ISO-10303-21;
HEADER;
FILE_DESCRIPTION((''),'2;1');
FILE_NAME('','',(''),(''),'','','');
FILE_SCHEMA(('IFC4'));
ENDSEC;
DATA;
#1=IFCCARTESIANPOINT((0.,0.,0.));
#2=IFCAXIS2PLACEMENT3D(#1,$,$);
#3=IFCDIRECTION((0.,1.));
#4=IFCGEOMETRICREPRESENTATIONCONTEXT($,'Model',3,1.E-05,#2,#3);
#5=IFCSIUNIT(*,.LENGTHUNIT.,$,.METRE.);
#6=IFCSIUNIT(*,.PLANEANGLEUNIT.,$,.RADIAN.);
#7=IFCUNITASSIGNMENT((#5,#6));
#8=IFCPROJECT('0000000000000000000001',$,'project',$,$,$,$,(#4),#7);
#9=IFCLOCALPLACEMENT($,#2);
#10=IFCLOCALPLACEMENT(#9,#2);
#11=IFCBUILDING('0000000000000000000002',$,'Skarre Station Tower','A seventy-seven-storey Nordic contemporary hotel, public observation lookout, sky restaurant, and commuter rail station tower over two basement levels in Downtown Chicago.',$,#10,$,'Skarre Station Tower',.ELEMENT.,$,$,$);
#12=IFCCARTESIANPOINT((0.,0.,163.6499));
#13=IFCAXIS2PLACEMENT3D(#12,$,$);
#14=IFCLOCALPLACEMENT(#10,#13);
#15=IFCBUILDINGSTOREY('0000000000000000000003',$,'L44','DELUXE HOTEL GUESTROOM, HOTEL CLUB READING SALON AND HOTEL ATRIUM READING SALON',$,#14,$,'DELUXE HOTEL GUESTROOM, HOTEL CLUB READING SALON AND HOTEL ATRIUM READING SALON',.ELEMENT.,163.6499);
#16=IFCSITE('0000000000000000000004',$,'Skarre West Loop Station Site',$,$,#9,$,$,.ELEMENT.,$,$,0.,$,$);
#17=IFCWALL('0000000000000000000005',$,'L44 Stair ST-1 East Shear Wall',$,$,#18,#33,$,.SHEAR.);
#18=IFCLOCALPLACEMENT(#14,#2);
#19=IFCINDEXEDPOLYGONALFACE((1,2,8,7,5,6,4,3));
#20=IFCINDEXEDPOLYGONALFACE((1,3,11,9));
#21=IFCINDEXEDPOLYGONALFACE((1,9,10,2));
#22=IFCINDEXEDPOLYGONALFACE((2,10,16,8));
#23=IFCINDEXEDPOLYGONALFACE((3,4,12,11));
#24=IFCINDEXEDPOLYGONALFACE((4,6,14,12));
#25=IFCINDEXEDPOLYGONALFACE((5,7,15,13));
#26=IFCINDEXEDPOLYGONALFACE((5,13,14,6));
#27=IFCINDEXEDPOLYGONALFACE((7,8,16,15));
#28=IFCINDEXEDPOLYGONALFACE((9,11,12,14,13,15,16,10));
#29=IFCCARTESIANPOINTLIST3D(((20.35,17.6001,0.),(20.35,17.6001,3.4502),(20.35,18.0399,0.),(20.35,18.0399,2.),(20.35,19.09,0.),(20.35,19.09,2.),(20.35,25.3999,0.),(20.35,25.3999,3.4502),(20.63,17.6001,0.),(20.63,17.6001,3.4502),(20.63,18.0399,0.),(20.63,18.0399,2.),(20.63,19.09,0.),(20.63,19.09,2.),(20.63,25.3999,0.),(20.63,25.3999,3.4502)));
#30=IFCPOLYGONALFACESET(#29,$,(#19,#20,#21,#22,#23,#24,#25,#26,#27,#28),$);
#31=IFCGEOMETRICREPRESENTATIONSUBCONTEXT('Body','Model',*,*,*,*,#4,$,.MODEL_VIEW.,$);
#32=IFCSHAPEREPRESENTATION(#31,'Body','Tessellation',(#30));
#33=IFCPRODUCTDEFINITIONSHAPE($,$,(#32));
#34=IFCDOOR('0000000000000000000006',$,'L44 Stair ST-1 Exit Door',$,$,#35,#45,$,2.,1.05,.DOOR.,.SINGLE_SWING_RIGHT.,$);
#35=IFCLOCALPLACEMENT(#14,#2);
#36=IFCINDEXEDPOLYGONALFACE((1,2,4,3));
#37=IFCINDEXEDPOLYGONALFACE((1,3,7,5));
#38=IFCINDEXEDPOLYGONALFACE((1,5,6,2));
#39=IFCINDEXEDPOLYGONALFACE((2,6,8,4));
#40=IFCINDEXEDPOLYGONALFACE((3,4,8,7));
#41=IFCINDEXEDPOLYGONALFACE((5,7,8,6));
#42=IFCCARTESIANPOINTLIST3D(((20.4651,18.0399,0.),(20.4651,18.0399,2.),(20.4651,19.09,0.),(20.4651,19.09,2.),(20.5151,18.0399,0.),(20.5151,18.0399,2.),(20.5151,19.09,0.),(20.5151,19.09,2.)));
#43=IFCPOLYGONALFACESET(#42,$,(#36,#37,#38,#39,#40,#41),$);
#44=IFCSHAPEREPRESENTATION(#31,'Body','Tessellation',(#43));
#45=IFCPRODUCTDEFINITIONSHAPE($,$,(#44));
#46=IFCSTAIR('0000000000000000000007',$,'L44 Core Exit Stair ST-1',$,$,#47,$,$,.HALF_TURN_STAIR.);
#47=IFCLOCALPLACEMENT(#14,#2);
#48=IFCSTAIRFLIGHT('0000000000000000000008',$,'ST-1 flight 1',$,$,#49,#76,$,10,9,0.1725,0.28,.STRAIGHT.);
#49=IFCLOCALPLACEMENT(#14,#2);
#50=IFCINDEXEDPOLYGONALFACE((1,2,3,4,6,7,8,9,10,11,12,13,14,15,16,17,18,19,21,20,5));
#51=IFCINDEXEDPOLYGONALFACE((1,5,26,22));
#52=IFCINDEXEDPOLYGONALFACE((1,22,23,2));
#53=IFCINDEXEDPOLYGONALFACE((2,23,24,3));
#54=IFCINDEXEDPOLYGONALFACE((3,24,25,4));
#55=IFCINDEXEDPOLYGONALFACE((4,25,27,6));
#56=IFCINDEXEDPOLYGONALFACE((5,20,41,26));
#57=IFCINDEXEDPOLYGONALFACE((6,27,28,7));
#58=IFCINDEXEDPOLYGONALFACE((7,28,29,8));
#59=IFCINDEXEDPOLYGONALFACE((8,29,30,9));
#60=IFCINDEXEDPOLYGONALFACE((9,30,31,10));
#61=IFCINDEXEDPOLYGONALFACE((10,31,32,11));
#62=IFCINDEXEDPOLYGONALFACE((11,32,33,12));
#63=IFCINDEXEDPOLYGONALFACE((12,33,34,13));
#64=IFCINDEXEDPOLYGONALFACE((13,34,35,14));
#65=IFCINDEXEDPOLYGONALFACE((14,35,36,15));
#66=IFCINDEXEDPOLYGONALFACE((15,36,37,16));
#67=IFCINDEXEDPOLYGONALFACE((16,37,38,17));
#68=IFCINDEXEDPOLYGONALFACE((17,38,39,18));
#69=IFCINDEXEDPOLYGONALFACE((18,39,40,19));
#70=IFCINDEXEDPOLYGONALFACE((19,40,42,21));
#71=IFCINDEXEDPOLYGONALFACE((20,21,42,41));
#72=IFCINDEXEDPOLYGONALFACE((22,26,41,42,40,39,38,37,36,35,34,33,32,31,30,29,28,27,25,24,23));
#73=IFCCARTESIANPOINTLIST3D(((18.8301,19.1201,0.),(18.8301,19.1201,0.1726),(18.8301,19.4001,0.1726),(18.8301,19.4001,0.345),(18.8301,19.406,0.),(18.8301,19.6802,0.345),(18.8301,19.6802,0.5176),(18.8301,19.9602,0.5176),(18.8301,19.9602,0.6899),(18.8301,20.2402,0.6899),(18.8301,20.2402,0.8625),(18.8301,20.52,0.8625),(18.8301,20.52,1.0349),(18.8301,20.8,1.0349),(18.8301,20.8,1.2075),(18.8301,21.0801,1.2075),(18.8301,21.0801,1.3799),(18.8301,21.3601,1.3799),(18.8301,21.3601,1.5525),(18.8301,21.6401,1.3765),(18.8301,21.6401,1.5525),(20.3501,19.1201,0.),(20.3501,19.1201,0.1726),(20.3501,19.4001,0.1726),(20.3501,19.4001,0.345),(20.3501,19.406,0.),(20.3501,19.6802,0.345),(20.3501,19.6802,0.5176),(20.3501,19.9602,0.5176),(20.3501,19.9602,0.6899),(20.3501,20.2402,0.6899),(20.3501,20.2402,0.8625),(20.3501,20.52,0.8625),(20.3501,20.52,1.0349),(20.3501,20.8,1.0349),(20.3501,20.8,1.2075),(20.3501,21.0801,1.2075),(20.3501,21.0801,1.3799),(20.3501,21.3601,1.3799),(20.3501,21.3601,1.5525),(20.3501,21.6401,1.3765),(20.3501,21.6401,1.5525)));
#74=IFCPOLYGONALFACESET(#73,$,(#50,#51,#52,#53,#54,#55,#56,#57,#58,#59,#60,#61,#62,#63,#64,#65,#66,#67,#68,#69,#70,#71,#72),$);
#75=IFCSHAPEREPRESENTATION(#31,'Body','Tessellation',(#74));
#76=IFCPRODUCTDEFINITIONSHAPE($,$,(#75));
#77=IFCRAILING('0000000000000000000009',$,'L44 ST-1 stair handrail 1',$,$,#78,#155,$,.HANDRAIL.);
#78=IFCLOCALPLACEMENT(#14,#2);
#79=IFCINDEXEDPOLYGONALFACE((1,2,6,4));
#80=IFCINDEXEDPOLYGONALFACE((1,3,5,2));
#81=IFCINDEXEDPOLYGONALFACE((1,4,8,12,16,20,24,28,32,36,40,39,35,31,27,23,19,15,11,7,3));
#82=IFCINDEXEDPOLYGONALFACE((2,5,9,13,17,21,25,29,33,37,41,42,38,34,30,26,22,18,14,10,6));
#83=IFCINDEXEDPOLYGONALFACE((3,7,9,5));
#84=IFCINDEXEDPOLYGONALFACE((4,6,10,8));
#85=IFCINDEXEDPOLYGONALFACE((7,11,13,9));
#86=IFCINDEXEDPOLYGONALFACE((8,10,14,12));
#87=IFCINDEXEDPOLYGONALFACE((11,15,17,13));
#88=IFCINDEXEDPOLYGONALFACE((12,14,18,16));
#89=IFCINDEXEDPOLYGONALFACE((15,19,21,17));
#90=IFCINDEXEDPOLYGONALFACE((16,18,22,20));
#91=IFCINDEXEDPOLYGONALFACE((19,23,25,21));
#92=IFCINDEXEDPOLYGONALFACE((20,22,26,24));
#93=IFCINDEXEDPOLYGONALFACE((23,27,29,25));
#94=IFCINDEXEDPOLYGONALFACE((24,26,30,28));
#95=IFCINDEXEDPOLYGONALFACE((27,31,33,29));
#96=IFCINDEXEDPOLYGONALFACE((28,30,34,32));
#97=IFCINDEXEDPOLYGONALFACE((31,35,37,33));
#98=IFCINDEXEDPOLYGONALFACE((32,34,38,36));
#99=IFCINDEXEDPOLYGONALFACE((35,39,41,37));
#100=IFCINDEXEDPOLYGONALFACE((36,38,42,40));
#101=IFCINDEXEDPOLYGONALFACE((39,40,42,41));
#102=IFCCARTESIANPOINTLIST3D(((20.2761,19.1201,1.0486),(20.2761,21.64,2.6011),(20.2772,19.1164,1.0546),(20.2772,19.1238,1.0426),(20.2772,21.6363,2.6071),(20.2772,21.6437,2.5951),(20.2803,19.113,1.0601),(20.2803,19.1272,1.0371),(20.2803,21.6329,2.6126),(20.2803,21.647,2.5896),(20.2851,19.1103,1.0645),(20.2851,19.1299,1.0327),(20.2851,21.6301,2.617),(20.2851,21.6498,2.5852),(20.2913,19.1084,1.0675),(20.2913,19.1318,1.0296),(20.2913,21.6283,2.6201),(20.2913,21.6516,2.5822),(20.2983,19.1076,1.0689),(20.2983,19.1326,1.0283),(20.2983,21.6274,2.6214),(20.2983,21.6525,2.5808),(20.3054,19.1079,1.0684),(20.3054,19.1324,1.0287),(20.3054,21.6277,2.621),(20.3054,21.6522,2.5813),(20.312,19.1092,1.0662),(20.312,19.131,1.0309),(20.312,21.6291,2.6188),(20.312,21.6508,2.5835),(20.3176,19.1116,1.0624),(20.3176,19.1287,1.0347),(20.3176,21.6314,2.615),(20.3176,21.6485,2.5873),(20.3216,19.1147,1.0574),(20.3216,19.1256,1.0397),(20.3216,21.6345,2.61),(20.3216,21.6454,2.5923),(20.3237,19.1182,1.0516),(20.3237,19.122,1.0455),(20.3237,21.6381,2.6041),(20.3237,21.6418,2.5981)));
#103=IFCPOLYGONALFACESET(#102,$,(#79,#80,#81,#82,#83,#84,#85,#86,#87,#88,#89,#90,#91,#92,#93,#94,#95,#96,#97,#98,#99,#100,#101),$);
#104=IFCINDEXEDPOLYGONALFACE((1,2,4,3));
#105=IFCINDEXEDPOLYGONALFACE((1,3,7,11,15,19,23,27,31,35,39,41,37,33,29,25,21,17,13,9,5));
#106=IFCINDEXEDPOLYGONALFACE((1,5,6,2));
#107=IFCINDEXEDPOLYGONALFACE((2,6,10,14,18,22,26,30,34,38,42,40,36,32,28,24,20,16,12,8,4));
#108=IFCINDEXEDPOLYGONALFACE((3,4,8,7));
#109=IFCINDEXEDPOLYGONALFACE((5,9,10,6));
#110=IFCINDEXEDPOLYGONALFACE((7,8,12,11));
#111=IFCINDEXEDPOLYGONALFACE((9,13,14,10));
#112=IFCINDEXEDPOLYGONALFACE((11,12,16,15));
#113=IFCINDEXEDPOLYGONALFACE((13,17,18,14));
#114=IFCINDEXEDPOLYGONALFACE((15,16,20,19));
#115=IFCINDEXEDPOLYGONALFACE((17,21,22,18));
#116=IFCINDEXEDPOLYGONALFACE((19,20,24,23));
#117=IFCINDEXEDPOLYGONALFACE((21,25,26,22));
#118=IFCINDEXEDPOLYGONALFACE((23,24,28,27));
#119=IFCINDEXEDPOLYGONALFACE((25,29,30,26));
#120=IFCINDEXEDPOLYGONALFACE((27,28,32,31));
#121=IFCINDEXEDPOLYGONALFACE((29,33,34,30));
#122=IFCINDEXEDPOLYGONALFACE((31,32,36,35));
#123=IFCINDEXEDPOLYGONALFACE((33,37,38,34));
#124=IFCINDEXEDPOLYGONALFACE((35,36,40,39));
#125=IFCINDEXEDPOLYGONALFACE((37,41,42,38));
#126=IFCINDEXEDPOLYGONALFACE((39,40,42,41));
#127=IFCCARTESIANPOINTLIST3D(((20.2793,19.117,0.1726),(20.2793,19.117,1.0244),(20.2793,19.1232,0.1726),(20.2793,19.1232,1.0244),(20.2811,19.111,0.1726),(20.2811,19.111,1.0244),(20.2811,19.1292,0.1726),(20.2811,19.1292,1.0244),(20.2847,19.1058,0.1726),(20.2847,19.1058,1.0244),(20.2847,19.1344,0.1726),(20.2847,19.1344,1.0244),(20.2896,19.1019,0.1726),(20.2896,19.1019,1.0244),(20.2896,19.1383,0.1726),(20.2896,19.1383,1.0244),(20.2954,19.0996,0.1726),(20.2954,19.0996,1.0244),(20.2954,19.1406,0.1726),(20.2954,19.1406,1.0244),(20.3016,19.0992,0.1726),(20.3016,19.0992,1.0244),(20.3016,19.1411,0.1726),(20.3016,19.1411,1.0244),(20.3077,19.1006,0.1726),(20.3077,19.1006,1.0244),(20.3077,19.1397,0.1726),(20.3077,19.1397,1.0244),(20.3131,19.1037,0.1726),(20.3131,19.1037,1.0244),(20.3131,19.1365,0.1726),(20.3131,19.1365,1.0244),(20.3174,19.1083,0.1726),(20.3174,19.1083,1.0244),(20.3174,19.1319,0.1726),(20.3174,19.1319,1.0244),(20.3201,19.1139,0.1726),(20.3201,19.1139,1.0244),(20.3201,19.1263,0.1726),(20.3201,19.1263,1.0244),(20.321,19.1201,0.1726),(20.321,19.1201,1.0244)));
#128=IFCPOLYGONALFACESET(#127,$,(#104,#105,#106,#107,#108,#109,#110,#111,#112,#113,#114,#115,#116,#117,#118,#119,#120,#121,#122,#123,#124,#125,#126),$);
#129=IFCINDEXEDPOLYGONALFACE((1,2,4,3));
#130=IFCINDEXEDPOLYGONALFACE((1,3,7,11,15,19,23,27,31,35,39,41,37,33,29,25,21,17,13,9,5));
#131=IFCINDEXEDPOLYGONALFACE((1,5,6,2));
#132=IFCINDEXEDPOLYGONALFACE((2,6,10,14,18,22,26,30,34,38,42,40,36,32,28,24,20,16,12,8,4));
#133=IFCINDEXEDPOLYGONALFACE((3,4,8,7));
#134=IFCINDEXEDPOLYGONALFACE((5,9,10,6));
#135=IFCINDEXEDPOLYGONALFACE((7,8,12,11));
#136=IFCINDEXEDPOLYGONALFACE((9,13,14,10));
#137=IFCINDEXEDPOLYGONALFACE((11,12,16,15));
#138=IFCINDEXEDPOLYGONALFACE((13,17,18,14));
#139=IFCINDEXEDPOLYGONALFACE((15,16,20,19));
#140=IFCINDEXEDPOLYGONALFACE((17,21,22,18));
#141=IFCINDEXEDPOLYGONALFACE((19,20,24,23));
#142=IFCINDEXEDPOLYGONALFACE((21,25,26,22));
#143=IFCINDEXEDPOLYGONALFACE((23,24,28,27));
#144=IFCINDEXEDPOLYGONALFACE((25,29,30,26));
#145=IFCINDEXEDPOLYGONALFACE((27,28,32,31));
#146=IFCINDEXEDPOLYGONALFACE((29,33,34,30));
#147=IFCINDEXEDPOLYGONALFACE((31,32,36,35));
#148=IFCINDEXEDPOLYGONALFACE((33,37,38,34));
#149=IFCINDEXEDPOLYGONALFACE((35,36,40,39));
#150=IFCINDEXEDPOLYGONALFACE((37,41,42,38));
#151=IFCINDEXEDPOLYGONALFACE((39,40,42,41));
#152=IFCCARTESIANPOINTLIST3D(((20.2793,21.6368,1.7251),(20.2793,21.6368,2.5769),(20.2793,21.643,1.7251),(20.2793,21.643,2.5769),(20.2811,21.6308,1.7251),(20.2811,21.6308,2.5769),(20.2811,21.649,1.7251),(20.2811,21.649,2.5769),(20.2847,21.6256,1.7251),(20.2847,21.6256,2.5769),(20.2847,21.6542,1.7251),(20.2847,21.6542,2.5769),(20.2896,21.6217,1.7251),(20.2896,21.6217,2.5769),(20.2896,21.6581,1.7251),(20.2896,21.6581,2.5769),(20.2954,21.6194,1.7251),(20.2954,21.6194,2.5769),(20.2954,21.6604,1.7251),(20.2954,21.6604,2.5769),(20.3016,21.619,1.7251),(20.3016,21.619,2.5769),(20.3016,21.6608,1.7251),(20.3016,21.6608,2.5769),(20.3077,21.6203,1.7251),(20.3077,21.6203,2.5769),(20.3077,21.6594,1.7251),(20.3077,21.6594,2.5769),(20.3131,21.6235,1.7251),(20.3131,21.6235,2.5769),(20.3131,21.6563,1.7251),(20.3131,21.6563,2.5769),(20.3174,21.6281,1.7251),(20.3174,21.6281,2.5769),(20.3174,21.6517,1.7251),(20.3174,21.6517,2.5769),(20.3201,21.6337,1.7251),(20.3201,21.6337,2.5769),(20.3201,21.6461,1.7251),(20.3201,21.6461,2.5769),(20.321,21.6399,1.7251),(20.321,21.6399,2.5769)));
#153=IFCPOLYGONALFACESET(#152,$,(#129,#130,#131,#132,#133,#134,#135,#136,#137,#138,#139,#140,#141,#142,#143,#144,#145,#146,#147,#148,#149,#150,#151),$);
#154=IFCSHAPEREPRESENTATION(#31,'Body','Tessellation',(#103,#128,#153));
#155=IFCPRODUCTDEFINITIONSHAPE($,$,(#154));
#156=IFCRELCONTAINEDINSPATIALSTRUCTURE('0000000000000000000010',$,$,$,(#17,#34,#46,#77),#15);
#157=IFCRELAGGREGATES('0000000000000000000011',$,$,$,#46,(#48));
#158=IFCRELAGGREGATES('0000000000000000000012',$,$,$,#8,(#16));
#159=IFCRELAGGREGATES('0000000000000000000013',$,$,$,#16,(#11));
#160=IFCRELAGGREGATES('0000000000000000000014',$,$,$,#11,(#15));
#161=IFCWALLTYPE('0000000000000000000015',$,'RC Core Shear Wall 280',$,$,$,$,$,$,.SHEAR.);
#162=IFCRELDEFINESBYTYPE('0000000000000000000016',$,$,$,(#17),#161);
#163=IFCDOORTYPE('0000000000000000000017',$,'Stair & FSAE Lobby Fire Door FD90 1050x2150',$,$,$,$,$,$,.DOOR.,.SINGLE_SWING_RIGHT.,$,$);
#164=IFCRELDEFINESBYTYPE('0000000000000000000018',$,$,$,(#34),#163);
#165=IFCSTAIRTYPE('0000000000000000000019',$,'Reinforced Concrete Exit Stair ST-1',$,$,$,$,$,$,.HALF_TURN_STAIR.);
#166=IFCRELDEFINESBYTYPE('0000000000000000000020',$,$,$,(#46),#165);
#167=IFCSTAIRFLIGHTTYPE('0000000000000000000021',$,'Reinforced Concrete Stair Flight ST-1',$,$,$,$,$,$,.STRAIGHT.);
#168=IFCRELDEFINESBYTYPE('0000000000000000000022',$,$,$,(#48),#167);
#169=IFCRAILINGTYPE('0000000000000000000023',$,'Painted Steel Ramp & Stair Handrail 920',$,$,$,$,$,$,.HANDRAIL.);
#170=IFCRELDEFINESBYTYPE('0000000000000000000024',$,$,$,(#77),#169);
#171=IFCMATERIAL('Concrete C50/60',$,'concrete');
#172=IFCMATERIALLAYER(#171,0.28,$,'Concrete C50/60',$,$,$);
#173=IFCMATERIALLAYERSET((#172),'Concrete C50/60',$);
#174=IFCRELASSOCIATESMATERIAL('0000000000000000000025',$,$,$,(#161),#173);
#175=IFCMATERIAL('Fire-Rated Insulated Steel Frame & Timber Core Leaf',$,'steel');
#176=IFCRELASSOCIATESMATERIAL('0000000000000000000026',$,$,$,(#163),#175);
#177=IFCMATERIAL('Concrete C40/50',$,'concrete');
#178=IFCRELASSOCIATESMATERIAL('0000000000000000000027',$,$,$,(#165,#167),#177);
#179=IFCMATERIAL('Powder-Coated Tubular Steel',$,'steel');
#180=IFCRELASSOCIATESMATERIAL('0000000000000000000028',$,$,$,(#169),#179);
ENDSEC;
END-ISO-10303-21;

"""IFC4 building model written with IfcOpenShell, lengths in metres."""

from ifc_helpers import new_model, si_unit, direction, frame, frame_2d, origin, origin_2d, place, context, subcontext, project, spatial, polyline, rectangle, circle, outline, extrude, material, layer, layer_set, type_object, element, fill, aggregate, save


model = new_model("IFC4")

# Units and contexts
model_context = context("Model", 3, precision=1e-05, world=origin(), true_north=direction((0.0, 1.0)))
body_context = subcontext(model_context, "Body", "Model", "MODEL_VIEW")
ifc_project = project(units=[si_unit("LENGTHUNIT", "METRE"), si_unit("PLANEANGLEUNIT", "RADIAN")], contexts=[model_context])

# Site, building, storey
site_placement = place(None, origin())
site = spatial("IfcSite", under=ifc_project, at=site_placement, Name="Skarre West Loop Station Site", CompositionType="ELEMENT", RefElevation=0.0)
building_placement = place(site_placement, origin())
building = spatial("IfcBuilding", under=site, at=building_placement, Name="Skarre Station Tower", Description="A seventy-seven-storey Nordic contemporary hotel, public observation lookout, sky restaurant, and commuter rail station tower over two basement levels in Downtown Chicago.", LongName="Skarre Station Tower", CompositionType="ELEMENT")
storey_placement = place(building_placement, frame((0.0, 0.0, 163.6499)))
storey = spatial("IfcBuildingStorey", under=building, at=storey_placement, Name="L44", Description="DELUXE HOTEL GUESTROOM, HOTEL CLUB READING SALON AND HOTEL ATRIUM READING SALON", LongName="DELUXE HOTEL GUESTROOM, HOTEL CLUB READING SALON AND HOTEL ATRIUM READING SALON", CompositionType="ELEMENT", Elevation=163.6499)

# Wall, opening, door
ifc_material_1 = material(Name="Concrete C50/60", Category="concrete")
ifc_layer_1 = layer(ifc_material_1, 0.28, Name="Concrete C50/60")
ifc_layer_set_1 = layer_set([ifc_layer_1], Name="Concrete C50/60")
wall_type_1 = type_object("IfcWallType", Name="RC Core Shear Wall 280", PredefinedType="SHEAR", material=ifc_layer_set_1)
wall_1_placement = place(storey_placement, frame((20.49, 17.6001, 0.0), z_axis=(0.0, 0.0, 1.0), x_axis=(0.0, 1.0, 0.0)))
wall_1 = element("IfcWall", 1, at=wall_1_placement, inside=storey, type_object=wall_type_1, Name="L44 Stair ST-1 East Shear Wall", PredefinedType="SHEAR", context=body_context, shape_type="SweptSolid", body=[
    extrude(rectangle(XDim=7.7998, YDim=0.28, at=frame_2d((3.8999, 0.0))), origin(), (0.0, 0.0, 1.0), 3.4502),
])
opening_1_placement = place(wall_1_placement, frame((0.4399, 0.0, 0.0)))
opening_1 = element("IfcOpeningElement", 2, at=opening_1_placement, cuts=wall_1, PredefinedType="OPENING", context=body_context, shape_type="SweptSolid", body=[
    extrude(rectangle(XDim=1.05, YDim=2.0, at=frame_2d((0.5249, 1.0))), frame((0.0, 0.1499, 0.0), z_axis=(0.0, -1.0, 0.0), x_axis=(1.0, 0.0, 0.0)), (0.0, 0.0, 1.0), 0.3),
])
ifc_material_2 = material(Name="Fire-Rated Insulated Steel Frame & Timber Core Leaf", Category="steel")
door_type_1 = type_object("IfcDoorType", Name="Stair & FSAE Lobby Fire Door FD90 1050x2150", OperationType="SINGLE_SWING_RIGHT", PredefinedType="DOOR", material=ifc_material_2)
door_1_placement = place(opening_1_placement, origin())
door_1 = element("IfcDoor", 3, at=door_1_placement, inside=storey, type_object=door_type_1, Name="L44 Stair ST-1 Exit Door", OperationType="SINGLE_SWING_RIGHT", OverallHeight=2.0, OverallWidth=1.05, PredefinedType="DOOR", context=body_context, shape_type="SweptSolid", body=[
    extrude(rectangle(XDim=1.05, YDim=2.0, at=frame_2d((0.5249, 1.0))), frame((0.0, 0.0249, 0.0), z_axis=(0.0, -1.0, 0.0), x_axis=(1.0, 0.0, 0.0)), (0.0, 0.0, 1.0), 0.05),
])
fill(opening_1, door_1)

# Stair, stair flight
ifc_material_3 = material(Name="Concrete C40/50", Category="concrete")
stair_type = type_object("IfcStairType", Name="Reinforced Concrete Exit Stair ST-1", PredefinedType="HALF_TURN_STAIR", material=ifc_material_3)
stair_placement = place(storey_placement, origin())
stair = element("IfcStair", 4, at=stair_placement, inside=storey, type_object=stair_type, Name="L44 Core Exit Stair ST-1", PredefinedType="HALF_TURN_STAIR")
stair_flight_type = type_object("IfcStairFlightType", Name="Reinforced Concrete Stair Flight ST-1", PredefinedType="STRAIGHT", material=ifc_material_3)
stair_flight_placement = place(storey_placement, frame((19.5901, 19.1201, 0.0), z_axis=(0.0, 0.0, 1.0), x_axis=(0.0, 1.0, 0.0)))
stair_flight = element("IfcStairFlight", 5, at=stair_flight_placement, type_object=stair_flight_type, Name="ST-1 flight 1", NumberOfRisers=10, NumberOfTreads=9, PredefinedType="STRAIGHT", RiserHeight=0.1725, TreadLength=0.28, context=body_context, shape_type="SweptSolid", body=[
    extrude(outline(polyline([(0.0, 0.0), (0.0, 0.1726), (0.28, 0.1726), (0.28, 0.345), (0.5601, 0.345), (0.5601, 0.5176), (0.8401, 0.5176), (0.8401, 0.6899), (1.1201, 0.6899), (1.1201, 0.8625), (1.3999, 0.8625), (1.3999, 1.0349), (1.6799, 1.0349), (1.6799, 1.2075), (1.96, 1.2075), (1.96, 1.3799), (2.24, 1.3799), (2.24, 1.5525), (2.52, 1.5525), (2.52, 1.7251), (2.52, 1.3765), (0.2859, 0.0), (0.0, 0.0)])), frame((0.0, 0.76, 0.0), z_axis=(0.0, -1.0, 0.0), x_axis=(1.0, 0.0, 0.0)), (0.0, 0.0, 1.0), 1.52),
])
aggregate(stair, [stair_flight])

# Railing
ifc_material_4 = material(Name="Powder-Coated Tubular Steel", Category="steel")
railing_type_1 = type_object("IfcRailingType", Name="Painted Steel Ramp & Stair Handrail 920", PredefinedType="HANDRAIL", material=ifc_material_4)
railing_1_placement = place(storey_placement, frame((20.3, 19.1201, 0.1726)))
element("IfcRailing", 6, at=railing_1_placement, inside=storey, type_object=railing_type_1, Name="L44 ST-1 stair handrail 1", PredefinedType="HANDRAIL", context=body_context, shape_type="SweptSolid", body=[
    extrude(circle(Radius=0.0239, at=origin_2d()), frame((0.0, 0.0, 0.876), z_axis=(0.0, 0.851378, 0.524553), x_axis=(-1.0, 0.0, 0.0)), (0.0, 0.0, 1.0), 2.9597),
    extrude(circle(Radius=0.021, at=origin_2d()), origin(), (0.0, 0.0, 1.0), 0.8518),
    extrude(circle(Radius=0.021, at=origin_2d()), frame((0.0, 2.5198, 1.5525)), (0.0, 0.0, 1.0), 0.8518),
])

save(model, "model.ifc")
